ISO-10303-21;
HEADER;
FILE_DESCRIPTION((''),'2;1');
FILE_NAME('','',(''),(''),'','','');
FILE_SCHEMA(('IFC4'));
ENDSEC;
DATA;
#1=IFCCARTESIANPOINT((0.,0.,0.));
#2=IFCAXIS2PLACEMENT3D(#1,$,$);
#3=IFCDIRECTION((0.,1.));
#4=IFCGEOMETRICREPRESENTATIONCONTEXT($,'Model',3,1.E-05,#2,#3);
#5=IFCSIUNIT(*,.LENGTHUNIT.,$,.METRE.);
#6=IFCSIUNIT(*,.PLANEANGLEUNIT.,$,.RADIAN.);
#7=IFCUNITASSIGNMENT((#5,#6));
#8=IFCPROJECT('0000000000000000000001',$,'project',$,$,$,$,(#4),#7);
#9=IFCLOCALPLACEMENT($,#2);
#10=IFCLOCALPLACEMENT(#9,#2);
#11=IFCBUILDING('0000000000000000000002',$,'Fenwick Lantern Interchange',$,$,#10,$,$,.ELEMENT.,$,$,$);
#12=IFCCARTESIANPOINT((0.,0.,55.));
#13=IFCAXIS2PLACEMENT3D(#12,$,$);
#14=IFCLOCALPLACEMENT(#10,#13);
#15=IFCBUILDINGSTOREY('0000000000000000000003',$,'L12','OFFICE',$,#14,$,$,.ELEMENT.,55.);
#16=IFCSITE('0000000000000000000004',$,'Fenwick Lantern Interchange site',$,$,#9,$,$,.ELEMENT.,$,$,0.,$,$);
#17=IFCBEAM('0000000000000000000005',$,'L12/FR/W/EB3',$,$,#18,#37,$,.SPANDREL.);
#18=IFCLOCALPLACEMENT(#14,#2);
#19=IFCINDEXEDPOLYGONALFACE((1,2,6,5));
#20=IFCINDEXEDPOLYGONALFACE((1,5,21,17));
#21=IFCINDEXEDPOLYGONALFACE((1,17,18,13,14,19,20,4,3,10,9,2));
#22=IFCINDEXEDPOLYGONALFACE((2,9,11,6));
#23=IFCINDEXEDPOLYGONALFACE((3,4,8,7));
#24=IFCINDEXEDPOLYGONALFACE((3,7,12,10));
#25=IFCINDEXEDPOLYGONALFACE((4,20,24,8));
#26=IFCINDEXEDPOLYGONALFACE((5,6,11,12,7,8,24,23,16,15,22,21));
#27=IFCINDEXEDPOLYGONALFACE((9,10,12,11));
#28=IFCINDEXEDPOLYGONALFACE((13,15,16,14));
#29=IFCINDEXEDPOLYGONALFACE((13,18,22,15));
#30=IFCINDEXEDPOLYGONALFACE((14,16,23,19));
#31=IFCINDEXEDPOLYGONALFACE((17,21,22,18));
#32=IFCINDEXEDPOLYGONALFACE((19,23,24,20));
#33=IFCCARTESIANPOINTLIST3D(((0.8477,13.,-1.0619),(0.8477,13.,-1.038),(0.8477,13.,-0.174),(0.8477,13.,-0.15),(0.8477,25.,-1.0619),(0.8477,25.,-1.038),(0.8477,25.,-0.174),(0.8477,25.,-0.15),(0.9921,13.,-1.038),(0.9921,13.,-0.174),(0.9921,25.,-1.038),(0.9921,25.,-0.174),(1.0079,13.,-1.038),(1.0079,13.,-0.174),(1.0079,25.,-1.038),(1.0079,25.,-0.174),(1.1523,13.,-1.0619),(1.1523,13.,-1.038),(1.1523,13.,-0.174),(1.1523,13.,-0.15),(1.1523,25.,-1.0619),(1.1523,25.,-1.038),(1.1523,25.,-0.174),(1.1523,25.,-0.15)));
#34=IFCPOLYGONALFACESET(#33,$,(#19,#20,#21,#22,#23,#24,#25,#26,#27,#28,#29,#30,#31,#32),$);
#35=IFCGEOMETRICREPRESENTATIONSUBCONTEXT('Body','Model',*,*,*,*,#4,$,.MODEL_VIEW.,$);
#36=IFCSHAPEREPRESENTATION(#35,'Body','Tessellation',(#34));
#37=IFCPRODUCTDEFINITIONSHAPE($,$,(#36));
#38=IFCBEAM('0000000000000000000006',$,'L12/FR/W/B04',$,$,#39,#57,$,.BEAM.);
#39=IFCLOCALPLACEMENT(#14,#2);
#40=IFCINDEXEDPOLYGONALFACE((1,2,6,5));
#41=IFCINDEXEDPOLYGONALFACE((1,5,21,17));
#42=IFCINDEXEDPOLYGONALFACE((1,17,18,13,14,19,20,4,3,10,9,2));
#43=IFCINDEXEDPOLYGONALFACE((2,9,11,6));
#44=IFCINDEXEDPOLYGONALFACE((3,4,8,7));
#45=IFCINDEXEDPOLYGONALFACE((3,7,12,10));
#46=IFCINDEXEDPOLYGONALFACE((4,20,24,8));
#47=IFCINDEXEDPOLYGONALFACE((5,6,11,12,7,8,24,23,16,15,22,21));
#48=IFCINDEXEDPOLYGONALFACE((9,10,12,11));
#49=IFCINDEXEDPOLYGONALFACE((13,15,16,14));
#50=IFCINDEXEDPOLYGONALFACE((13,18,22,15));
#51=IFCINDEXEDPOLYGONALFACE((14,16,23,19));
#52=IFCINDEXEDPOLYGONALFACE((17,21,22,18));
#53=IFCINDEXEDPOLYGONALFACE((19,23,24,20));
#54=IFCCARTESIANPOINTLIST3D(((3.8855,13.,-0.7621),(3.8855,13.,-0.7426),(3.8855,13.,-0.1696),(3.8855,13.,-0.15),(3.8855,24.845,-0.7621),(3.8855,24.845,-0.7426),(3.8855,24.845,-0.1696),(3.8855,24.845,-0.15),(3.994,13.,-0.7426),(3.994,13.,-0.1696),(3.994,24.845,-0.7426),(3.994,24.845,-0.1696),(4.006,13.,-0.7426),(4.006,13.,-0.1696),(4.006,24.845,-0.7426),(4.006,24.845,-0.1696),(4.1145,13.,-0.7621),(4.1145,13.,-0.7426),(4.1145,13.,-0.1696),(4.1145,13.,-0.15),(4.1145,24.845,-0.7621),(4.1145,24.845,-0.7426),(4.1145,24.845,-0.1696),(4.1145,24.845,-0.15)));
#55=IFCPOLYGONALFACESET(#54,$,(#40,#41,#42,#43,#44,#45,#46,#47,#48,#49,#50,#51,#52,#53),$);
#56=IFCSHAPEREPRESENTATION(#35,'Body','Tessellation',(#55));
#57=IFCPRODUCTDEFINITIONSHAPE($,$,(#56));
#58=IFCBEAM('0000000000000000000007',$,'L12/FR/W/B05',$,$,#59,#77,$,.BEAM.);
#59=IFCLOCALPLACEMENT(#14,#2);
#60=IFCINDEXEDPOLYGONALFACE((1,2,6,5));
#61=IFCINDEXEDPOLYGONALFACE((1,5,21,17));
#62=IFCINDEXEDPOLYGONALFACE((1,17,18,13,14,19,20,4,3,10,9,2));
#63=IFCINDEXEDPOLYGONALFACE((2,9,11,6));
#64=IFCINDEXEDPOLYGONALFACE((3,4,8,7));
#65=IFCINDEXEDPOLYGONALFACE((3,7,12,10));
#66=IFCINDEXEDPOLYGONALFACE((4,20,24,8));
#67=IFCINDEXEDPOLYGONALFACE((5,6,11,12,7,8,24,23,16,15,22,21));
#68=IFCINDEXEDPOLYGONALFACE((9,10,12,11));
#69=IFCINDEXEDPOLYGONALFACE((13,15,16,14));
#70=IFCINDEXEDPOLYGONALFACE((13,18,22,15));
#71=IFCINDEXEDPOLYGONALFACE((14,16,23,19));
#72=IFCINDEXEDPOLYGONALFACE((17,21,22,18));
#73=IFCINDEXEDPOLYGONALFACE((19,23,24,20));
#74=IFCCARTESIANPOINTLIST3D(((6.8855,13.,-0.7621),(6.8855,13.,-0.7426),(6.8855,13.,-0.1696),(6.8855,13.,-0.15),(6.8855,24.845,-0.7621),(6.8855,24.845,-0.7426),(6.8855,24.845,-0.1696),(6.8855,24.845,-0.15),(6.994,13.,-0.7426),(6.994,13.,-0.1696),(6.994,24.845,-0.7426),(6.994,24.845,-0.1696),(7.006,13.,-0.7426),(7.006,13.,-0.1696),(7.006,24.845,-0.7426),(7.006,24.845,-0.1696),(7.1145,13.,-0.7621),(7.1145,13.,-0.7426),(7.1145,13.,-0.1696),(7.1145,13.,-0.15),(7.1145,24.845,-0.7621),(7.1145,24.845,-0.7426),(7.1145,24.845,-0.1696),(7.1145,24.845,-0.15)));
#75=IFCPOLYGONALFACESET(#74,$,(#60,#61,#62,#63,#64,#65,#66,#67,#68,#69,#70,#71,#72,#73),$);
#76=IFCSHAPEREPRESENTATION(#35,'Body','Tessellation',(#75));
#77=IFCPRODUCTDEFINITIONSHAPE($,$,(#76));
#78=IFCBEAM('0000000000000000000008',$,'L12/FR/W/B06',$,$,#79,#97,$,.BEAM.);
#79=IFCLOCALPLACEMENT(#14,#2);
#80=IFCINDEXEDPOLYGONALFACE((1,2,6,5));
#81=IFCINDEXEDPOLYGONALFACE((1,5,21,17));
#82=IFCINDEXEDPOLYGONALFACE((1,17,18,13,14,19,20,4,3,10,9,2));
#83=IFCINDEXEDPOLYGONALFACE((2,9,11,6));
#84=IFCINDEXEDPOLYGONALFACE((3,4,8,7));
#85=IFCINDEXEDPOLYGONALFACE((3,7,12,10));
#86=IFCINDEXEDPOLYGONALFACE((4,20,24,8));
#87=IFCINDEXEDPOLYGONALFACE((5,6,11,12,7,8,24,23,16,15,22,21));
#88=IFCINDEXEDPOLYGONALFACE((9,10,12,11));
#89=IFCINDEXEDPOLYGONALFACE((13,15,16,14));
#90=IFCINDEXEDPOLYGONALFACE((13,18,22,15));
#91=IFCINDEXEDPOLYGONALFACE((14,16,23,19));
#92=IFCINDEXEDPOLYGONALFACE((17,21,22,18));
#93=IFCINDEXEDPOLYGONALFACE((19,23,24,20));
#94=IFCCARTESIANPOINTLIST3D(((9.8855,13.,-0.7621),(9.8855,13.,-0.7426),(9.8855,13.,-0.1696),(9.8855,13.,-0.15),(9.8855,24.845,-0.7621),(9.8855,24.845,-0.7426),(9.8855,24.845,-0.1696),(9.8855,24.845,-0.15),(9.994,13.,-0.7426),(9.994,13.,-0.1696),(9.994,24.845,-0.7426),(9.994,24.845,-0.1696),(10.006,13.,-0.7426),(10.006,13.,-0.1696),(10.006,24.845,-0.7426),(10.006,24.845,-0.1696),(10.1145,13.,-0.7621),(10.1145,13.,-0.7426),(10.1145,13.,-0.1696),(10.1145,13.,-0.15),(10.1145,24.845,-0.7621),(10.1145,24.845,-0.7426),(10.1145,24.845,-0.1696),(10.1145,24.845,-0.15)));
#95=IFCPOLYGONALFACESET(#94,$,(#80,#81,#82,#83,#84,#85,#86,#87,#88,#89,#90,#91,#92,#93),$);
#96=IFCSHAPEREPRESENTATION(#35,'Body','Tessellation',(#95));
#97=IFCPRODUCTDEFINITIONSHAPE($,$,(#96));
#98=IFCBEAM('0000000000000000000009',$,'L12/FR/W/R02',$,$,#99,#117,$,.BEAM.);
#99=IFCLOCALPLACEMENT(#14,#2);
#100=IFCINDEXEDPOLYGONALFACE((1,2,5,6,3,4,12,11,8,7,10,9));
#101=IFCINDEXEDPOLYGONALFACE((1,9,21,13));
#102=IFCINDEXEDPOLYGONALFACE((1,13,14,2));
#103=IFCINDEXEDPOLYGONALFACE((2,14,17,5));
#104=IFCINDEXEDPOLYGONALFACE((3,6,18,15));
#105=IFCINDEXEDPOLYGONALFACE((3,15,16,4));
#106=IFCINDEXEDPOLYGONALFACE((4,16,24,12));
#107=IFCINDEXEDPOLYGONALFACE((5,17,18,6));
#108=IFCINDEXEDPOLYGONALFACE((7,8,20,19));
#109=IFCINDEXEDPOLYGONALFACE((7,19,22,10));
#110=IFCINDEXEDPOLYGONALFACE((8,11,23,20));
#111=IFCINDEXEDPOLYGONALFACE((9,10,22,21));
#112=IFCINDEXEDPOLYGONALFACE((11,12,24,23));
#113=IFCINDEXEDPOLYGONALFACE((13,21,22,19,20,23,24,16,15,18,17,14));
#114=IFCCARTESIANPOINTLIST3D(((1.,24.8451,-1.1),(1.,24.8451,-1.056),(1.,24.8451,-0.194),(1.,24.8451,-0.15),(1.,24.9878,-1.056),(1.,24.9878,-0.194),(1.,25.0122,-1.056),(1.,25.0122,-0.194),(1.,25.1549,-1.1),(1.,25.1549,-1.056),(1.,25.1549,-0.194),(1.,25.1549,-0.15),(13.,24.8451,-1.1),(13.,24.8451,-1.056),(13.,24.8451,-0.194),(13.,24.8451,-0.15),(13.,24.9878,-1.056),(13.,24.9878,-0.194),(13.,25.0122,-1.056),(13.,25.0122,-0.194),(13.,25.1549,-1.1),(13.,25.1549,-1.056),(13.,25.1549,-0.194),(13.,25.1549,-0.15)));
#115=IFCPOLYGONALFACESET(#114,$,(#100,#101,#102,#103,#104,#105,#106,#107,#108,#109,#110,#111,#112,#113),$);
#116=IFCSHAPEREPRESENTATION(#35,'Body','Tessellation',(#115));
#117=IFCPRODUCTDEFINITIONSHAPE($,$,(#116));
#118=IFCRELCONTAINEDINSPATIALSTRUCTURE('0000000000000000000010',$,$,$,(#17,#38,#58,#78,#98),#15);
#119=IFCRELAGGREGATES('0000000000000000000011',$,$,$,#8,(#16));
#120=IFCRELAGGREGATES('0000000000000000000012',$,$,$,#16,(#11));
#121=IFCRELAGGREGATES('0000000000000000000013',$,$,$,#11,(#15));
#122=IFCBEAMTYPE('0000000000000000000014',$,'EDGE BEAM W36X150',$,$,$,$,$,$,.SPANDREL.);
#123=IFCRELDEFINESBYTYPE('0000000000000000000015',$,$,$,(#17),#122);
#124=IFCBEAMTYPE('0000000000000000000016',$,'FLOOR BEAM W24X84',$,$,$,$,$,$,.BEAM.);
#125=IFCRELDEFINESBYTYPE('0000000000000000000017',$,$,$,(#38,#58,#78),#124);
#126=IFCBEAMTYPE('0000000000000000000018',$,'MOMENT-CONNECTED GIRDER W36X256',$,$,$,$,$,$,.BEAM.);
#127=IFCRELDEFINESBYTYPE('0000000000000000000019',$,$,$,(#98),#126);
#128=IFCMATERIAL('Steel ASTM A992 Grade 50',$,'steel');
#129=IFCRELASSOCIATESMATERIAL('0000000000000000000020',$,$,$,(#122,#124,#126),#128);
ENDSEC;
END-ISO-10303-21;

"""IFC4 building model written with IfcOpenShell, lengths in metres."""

from ifc_helpers import new_model, si_unit, direction, frame, origin, origin_2d, place, context, subcontext, project, spatial, i_section, extrude, material, material_profile, profile_set, type_object, element, save


model = new_model("IFC4")

# Units and contexts
model_context = context("Model", 3, precision=1e-05, world=origin(), true_north=direction((0.0, 1.0)))
body_context = subcontext(model_context, "Body", "Model", "MODEL_VIEW")
ifc_project = project(units=[si_unit("LENGTHUNIT", "METRE"), si_unit("PLANEANGLEUNIT", "RADIAN")], contexts=[model_context])

# Site, building, storey
site_placement = place(None, origin())
site = spatial("IfcSite", under=ifc_project, at=site_placement, Name="Fenwick Lantern Interchange site", CompositionType="ELEMENT", RefElevation=0.0)
building_placement = place(site_placement, origin())
building = spatial("IfcBuilding", under=site, at=building_placement, Name="Fenwick Lantern Interchange", CompositionType="ELEMENT")
storey_placement = place(building_placement, frame((0.0, 0.0, 55.0)))
storey = spatial("IfcBuildingStorey", under=building, at=storey_placement, Name="L12", Description="OFFICE", CompositionType="ELEMENT", Elevation=55.0)

# Beams
ifc_material_1 = material(Name="Steel ASTM A992 Grade 50", Category="steel")
ifc_material_profile_1 = material_profile(ifc_material_1, i_section(OverallWidth=0.3047, OverallDepth=0.9119, WebThickness=0.0159, FlangeThickness=0.0239, at=origin_2d()), Name="W36X150")
ifc_profile_set_1 = profile_set([ifc_material_profile_1], Name="Steel ASTM A992 Grade 50")
beam_type_1 = type_object("IfcBeamType", Name="EDGE BEAM W36X150", PredefinedType="SPANDREL", material=ifc_profile_set_1)
beam_1_placement = place(storey_placement, frame((1.0, 25.0, -0.606), z_axis=(0.0, -1.0, 0.0), x_axis=(1.0, 0.0, 0.0)))
element("IfcBeam", 1, at=beam_1_placement, inside=storey, type_object=beam_type_1, Name="L12/FR/W/EB3", PredefinedType="SPANDREL", context=body_context, shape_type="SweptSolid", body=[
    extrude(i_section(OverallWidth=0.3047, OverallDepth=0.9119, WebThickness=0.0159, FlangeThickness=0.0239, at=origin_2d()), origin(), (0.0, 0.0, 1.0), 12.0),
])
ifc_material_profile_2 = material_profile(ifc_material_1, i_section(OverallWidth=0.229, OverallDepth=0.6121, WebThickness=0.012, FlangeThickness=0.0195, at=origin_2d()), Name="W24X84")
ifc_profile_set_2 = profile_set([ifc_material_profile_2], Name="Steel ASTM A992 Grade 50")
beam_type_2 = type_object("IfcBeamType", Name="FLOOR BEAM W24X84", PredefinedType="BEAM", material=ifc_profile_set_2)
for number, where, z_axis, x_axis, name in (
    (2, (4.0, 24.845, -0.4561), (0.0, -1.0, 0.0), (1.0, 0.0, 0.0), "L12/FR/W/B04"),
    (3, (7.0, 24.845, -0.4561), (0.0, -1.0, 0.0), (1.0, 0.0, 0.0), "L12/FR/W/B05"),
    (4, (10.0, 24.845, -0.4561), (0.0, -1.0, 0.0), (1.0, 0.0, 0.0), "L12/FR/W/B06"),
):
    element("IfcBeam", number, at=place(storey_placement, frame(where, z_axis=z_axis, x_axis=x_axis)), inside=storey, type_object=beam_type_2, Name=name, PredefinedType="BEAM", context=body_context, shape_type="SweptSolid", body=[
        extrude(i_section(OverallWidth=0.229, OverallDepth=0.6121, WebThickness=0.012, FlangeThickness=0.0195, at=origin_2d()), origin(), (0.0, 0.0, 1.0), 11.845),
    ])
ifc_material_profile_3 = material_profile(ifc_material_1, i_section(OverallWidth=0.3098, OverallDepth=0.95, WebThickness=0.0244, FlangeThickness=0.0439, at=origin_2d()), Name="W36X256")
ifc_profile_set_3 = profile_set([ifc_material_profile_3], Name="Steel ASTM A992 Grade 50")
beam_type_3 = type_object("IfcBeamType", Name="MOMENT-CONNECTED GIRDER W36X256", PredefinedType="BEAM", material=ifc_profile_set_3)
beam_2_placement = place(storey_placement, frame((1.0, 25.0, -0.625), z_axis=(1.0, 0.0, 0.0), x_axis=(0.0, 1.0, 0.0)))
element("IfcBeam", 5, at=beam_2_placement, inside=storey, type_object=beam_type_3, Name="L12/FR/W/R02", PredefinedType="BEAM", context=body_context, shape_type="SweptSolid", body=[
    extrude(i_section(OverallWidth=0.3098, OverallDepth=0.95, WebThickness=0.0244, FlangeThickness=0.0439, at=origin_2d()), origin(), (0.0, 0.0, 1.0), 12.0),
])

save(model, "model.ifc")
